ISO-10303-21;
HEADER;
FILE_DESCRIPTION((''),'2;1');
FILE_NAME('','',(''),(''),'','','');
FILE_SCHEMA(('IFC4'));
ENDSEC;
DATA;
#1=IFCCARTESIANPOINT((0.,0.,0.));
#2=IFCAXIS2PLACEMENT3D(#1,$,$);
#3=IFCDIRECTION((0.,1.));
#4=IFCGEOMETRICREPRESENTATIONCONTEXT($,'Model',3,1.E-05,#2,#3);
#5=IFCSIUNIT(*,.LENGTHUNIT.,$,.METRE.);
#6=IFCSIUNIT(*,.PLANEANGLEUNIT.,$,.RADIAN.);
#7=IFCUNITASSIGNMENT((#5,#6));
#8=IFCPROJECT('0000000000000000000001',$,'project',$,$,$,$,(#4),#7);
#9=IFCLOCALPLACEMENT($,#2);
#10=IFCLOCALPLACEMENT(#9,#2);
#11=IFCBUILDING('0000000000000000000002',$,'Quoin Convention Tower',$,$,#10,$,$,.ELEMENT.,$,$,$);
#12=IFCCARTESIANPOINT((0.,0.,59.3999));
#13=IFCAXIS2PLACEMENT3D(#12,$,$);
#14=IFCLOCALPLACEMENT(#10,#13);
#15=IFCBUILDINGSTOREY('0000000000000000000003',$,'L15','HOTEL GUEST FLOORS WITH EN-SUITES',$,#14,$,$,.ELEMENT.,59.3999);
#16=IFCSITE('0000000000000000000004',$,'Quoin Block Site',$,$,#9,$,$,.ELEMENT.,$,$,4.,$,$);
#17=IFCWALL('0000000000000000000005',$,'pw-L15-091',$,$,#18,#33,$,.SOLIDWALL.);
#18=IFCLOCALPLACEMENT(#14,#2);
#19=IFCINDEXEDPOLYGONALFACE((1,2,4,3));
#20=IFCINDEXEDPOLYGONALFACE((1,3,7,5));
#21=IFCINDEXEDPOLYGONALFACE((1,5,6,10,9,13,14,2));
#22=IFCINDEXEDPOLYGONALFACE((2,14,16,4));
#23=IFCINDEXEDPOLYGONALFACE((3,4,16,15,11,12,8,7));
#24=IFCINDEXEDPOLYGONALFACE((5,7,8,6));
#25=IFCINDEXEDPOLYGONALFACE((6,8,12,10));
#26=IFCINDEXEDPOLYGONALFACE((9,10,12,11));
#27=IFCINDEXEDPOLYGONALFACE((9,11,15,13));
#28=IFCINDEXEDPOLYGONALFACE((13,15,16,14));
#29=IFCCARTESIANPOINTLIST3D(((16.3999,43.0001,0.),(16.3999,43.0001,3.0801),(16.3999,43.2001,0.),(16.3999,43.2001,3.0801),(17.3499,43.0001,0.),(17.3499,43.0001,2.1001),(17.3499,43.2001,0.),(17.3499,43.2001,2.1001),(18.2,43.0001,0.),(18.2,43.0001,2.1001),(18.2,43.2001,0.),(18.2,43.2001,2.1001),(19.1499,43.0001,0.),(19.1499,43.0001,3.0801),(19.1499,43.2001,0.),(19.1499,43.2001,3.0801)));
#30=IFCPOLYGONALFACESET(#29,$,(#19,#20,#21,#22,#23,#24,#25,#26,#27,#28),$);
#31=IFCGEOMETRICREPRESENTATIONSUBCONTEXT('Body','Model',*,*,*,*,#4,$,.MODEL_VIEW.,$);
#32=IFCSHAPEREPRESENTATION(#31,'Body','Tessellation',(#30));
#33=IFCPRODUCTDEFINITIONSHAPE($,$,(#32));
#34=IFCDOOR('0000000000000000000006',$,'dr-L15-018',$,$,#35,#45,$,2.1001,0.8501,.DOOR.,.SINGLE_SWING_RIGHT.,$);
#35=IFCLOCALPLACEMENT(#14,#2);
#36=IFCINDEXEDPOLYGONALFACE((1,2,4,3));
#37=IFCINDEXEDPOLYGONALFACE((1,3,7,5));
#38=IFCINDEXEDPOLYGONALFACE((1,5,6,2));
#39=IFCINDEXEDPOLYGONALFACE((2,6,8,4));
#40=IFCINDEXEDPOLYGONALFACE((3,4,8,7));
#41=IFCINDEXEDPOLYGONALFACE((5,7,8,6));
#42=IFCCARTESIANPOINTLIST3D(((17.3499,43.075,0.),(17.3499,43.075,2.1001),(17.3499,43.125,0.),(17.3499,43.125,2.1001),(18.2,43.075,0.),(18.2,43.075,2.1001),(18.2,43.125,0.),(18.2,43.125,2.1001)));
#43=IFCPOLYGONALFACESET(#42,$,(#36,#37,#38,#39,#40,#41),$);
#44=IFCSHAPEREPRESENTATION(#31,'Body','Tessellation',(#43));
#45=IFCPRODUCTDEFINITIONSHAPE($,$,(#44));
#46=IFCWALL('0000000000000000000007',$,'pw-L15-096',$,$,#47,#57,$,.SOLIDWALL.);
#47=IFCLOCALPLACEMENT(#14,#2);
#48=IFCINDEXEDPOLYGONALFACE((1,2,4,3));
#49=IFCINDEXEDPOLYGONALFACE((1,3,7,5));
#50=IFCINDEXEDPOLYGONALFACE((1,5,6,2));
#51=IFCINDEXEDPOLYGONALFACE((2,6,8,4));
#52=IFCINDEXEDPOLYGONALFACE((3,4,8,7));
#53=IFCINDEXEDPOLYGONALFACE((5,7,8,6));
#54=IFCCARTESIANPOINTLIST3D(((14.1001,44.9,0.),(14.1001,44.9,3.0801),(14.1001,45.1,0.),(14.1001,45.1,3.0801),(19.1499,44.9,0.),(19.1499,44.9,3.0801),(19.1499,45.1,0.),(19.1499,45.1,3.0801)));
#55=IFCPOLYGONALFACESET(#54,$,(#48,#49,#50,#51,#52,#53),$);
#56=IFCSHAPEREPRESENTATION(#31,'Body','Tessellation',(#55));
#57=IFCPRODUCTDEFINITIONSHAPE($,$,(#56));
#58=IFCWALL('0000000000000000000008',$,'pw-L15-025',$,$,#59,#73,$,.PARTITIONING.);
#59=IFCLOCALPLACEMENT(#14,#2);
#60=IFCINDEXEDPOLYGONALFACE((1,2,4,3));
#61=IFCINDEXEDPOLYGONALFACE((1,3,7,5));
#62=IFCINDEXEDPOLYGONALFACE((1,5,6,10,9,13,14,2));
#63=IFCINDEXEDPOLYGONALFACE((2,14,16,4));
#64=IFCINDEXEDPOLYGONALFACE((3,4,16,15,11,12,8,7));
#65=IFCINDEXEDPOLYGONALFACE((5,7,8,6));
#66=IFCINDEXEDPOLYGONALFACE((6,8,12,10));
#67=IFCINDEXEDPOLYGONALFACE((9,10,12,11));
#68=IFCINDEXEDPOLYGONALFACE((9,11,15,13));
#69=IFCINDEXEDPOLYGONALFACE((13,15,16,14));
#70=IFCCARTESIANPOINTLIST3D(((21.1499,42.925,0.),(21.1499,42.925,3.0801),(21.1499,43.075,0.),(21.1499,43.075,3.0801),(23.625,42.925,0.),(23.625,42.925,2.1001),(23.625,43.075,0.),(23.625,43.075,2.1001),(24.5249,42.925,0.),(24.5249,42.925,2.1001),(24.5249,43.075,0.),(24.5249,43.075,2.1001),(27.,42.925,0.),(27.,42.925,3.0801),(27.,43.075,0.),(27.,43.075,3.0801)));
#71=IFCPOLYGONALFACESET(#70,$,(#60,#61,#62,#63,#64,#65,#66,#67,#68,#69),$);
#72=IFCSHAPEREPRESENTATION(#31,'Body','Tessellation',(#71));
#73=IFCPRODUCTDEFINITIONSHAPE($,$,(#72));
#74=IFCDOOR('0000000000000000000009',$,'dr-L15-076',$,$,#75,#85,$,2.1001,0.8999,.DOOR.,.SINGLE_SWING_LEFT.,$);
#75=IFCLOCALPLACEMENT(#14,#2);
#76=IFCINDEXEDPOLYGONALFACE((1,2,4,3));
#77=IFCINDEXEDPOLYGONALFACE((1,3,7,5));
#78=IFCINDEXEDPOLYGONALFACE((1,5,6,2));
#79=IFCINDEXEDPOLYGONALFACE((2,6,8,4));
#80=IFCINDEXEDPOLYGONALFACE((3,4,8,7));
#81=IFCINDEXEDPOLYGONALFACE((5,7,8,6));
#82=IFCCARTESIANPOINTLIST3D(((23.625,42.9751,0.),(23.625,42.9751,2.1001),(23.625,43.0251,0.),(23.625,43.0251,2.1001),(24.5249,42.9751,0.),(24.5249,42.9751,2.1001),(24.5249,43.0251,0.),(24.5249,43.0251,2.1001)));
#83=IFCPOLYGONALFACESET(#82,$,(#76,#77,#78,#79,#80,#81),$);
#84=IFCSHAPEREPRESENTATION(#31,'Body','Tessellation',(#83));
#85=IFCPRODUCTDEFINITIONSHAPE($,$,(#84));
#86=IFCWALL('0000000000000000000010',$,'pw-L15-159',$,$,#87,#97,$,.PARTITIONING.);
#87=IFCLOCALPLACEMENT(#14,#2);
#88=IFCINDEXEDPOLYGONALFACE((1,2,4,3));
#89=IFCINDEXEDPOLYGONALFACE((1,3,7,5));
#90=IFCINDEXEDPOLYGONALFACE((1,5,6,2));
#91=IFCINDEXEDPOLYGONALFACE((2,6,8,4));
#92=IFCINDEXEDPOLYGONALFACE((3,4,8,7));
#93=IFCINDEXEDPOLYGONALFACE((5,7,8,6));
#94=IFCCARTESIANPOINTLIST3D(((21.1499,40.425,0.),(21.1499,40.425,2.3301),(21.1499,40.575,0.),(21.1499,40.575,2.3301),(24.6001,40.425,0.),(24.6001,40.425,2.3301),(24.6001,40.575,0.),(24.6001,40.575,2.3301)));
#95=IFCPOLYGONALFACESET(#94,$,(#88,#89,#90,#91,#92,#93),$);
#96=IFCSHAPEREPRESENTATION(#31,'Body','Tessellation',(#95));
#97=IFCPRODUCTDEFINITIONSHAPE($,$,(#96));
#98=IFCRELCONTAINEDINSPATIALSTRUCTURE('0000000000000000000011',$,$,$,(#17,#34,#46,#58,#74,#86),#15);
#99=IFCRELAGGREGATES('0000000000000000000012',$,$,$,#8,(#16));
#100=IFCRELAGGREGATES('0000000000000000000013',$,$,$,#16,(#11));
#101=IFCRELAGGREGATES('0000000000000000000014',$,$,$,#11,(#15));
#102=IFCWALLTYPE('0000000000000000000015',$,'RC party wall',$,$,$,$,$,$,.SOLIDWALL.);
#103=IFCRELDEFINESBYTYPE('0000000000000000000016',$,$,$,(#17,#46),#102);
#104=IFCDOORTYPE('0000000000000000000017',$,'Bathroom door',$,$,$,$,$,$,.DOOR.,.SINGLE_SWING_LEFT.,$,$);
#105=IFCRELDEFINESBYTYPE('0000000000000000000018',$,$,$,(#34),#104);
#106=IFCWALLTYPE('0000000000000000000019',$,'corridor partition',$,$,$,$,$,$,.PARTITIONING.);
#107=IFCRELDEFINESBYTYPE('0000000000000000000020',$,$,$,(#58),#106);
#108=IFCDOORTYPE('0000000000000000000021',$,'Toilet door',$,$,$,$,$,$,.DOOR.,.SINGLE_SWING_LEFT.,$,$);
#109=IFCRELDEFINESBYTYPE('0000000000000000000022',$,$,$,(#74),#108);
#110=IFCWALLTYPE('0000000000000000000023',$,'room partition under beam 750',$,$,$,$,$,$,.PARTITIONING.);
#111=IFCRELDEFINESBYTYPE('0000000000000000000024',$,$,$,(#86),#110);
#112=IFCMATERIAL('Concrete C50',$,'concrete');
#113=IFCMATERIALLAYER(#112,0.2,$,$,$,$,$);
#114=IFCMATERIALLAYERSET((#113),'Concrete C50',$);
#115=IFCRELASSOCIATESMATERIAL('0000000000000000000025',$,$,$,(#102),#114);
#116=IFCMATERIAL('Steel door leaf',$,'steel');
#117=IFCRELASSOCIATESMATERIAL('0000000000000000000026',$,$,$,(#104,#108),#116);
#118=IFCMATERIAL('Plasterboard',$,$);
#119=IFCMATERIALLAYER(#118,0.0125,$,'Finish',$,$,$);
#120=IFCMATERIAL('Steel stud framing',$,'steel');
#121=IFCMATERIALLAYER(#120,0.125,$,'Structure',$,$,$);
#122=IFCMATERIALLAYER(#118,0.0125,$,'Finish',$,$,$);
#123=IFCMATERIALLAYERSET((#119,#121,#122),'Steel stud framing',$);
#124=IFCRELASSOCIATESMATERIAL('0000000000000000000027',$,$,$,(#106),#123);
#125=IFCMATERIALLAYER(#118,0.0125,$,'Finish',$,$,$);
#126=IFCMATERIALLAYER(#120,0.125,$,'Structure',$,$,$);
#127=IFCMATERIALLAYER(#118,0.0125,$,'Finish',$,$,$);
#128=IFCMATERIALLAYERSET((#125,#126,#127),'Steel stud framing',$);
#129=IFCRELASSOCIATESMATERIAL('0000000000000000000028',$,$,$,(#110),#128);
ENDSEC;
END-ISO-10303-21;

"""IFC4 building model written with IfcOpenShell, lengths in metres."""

from ifc_helpers import new_model, si_unit, direction, frame, frame_2d, origin, place, context, subcontext, project, spatial, rectangle, extrude, material, layer, layer_set, type_object, element, fill, save


model = new_model("IFC4")

# Units and contexts
model_context = context("Model", 3, precision=1e-05, world=origin(), true_north=direction((0.0, 1.0)))
body_context = subcontext(model_context, "Body", "Model", "MODEL_VIEW")
ifc_project = project(units=[si_unit("LENGTHUNIT", "METRE"), si_unit("PLANEANGLEUNIT", "RADIAN")], contexts=[model_context])

# Site, building, storey
site_placement = place(None, origin())
site = spatial("IfcSite", under=ifc_project, at=site_placement, Name="Quoin Block Site", CompositionType="ELEMENT", RefElevation=4.0)
building_placement = place(site_placement, origin())
building = spatial("IfcBuilding", under=site, at=building_placement, Name="Quoin Convention Tower", CompositionType="ELEMENT")
storey_placement = place(building_placement, frame((0.0, 0.0, 59.3999)))
storey = spatial("IfcBuildingStorey", under=building, at=storey_placement, Name="L15", Description="HOTEL GUEST FLOORS WITH EN-SUITES", CompositionType="ELEMENT", Elevation=59.3999)

# Shared definitions
ifc_material_1 = material(Name="Concrete C50", Category="concrete")
ifc_layer_1 = layer(ifc_material_1, 0.2)
ifc_layer_set_1 = layer_set([ifc_layer_1], Name="Concrete C50")
wall_type_1 = type_object("IfcWallType", Name="RC party wall", PredefinedType="SOLIDWALL", material=ifc_layer_set_1)

# Wall, opening, door
wall_1_placement = place(storey_placement, frame((16.3999, 43.1001, 0.0), z_axis=(0.0, 0.0, 1.0), x_axis=(1.0, 0.0, 0.0)))
wall_1 = element("IfcWall", 1, at=wall_1_placement, inside=storey, type_object=wall_type_1, Name="pw-L15-091", PredefinedType="SOLIDWALL", context=body_context, shape_type="SweptSolid", body=[
    extrude(rectangle(XDim=2.75, YDim=0.2, at=frame_2d((1.375, 0.0))), origin(), (0.0, 0.0, 1.0), 3.0801),
])
opening_1_placement = place(wall_1_placement, frame((0.95, 0.0, 0.0)))
opening_1 = element("IfcOpeningElement", 2, at=opening_1_placement, cuts=wall_1, PredefinedType="OPENING", context=body_context, shape_type="SweptSolid", body=[
    extrude(rectangle(XDim=0.8501, YDim=2.1001, at=frame_2d((0.425, 1.05))), frame((0.0, 0.1099, 0.0), z_axis=(0.0, -1.0, 0.0), x_axis=(1.0, 0.0, 0.0)), (0.0, 0.0, 1.0), 0.22),
])
ifc_material_2 = material(Name="Steel door leaf", Category="steel")
door_type_1 = type_object("IfcDoorType", Name="Bathroom door", OperationType="SINGLE_SWING_LEFT", PredefinedType="DOOR", material=ifc_material_2)
door_1_placement = place(opening_1_placement, origin())
door_1 = element("IfcDoor", 3, at=door_1_placement, inside=storey, type_object=door_type_1, Name="dr-L15-018", OperationType="SINGLE_SWING_RIGHT", OverallHeight=2.1001, OverallWidth=0.8501, PredefinedType="DOOR", context=body_context, shape_type="SweptSolid", body=[
    extrude(rectangle(XDim=0.8501, YDim=2.1001, at=frame_2d((0.425, 1.05))), frame((0.0, 0.0249, 0.0), z_axis=(0.0, -1.0, 0.0), x_axis=(1.0, 0.0, 0.0)), (0.0, 0.0, 1.0), 0.05),
])
fill(opening_1, door_1)

# Wall
wall_2_placement = place(storey_placement, frame((14.1001, 45.0, 0.0), z_axis=(0.0, 0.0, 1.0), x_axis=(1.0, 0.0, 0.0)))
element("IfcWall", 4, at=wall_2_placement, inside=storey, type_object=wall_type_1, Name="pw-L15-096", PredefinedType="SOLIDWALL", context=body_context, shape_type="SweptSolid", body=[
    extrude(rectangle(XDim=5.0498, YDim=0.2, at=frame_2d((2.5249, 0.0))), origin(), (0.0, 0.0, 1.0), 3.0801),
])

# Wall, opening, door
ifc_material_3 = material(Name="Plasterboard")
ifc_layer_2 = layer(ifc_material_3, 0.0125, Name="Finish")
ifc_material_4 = material(Name="Steel stud framing", Category="steel")
ifc_layer_3 = layer(ifc_material_4, 0.125, Name="Structure")
ifc_layer_4 = layer(ifc_material_3, 0.0125, Name="Finish")
ifc_layer_set_2 = layer_set([ifc_layer_2, ifc_layer_3, ifc_layer_4], Name="Steel stud framing")
wall_type_2 = type_object("IfcWallType", Name="corridor partition", PredefinedType="PARTITIONING", material=ifc_layer_set_2)
wall_3_placement = place(storey_placement, frame((21.1499, 43.0, 0.0), z_axis=(0.0, 0.0, 1.0), x_axis=(1.0, 0.0, 0.0)))
wall_3 = element("IfcWall", 5, at=wall_3_placement, inside=storey, type_object=wall_type_2, Name="pw-L15-025", PredefinedType="PARTITIONING", context=body_context, shape_type="SweptSolid", body=[
    extrude(rectangle(XDim=5.8501, YDim=0.1499, at=frame_2d((2.925, 0.0))), origin(), (0.0, 0.0, 1.0), 3.0801),
])
opening_2_placement = place(wall_3_placement, frame((2.4751, 0.0, 0.0)))
opening_2 = element("IfcOpeningElement", 6, at=opening_2_placement, cuts=wall_3, PredefinedType="OPENING", context=body_context, shape_type="SweptSolid", body=[
    extrude(rectangle(XDim=0.8999, YDim=2.1001, at=frame_2d((0.45, 1.05))), frame((0.0, 0.085, 0.0), z_axis=(0.0, -1.0, 0.0), x_axis=(1.0, 0.0, 0.0)), (0.0, 0.0, 1.0), 0.1699),
])
door_type_2 = type_object("IfcDoorType", Name="Toilet door", OperationType="SINGLE_SWING_LEFT", PredefinedType="DOOR", material=ifc_material_2)
door_2_placement = place(opening_2_placement, frame((0.8999, 0.0, 0.0), z_axis=(0.0, 0.0, 1.0), x_axis=(-1.0, 0.0, 0.0)))
door_2 = element("IfcDoor", 7, at=door_2_placement, inside=storey, type_object=door_type_2, Name="dr-L15-076", OperationType="SINGLE_SWING_LEFT", OverallHeight=2.1001, OverallWidth=0.8999, PredefinedType="DOOR", context=body_context, shape_type="SweptSolid", body=[
    extrude(rectangle(XDim=0.8999, YDim=2.1001, at=frame_2d((0.45, 1.05))), frame((0.0, 0.0249, 0.0), z_axis=(0.0, -1.0, 0.0), x_axis=(1.0, 0.0, 0.0)), (0.0, 0.0, 1.0), 0.05),
])
fill(opening_2, door_2)

# Wall
ifc_layer_5 = layer(ifc_material_3, 0.0125, Name="Finish")
ifc_layer_6 = layer(ifc_material_4, 0.125, Name="Structure")
ifc_layer_7 = layer(ifc_material_3, 0.0125, Name="Finish")
ifc_layer_set_3 = layer_set([ifc_layer_5, ifc_layer_6, ifc_layer_7], Name="Steel stud framing")
wall_type_3 = type_object("IfcWallType", Name="room partition under beam 750", PredefinedType="PARTITIONING", material=ifc_layer_set_3)
wall_4_placement = place(storey_placement, frame((21.1499, 40.5, 0.0), z_axis=(0.0, 0.0, 1.0), x_axis=(1.0, 0.0, 0.0)))
element("IfcWall", 8, at=wall_4_placement, inside=storey, type_object=wall_type_3, Name="pw-L15-159", PredefinedType="PARTITIONING", context=body_context, shape_type="SweptSolid", body=[
    extrude(rectangle(XDim=3.4502, YDim=0.1499, at=frame_2d((1.7251, 0.0))), origin(), (0.0, 0.0, 1.0), 2.3301),
])

save(model, "model.ifc")
